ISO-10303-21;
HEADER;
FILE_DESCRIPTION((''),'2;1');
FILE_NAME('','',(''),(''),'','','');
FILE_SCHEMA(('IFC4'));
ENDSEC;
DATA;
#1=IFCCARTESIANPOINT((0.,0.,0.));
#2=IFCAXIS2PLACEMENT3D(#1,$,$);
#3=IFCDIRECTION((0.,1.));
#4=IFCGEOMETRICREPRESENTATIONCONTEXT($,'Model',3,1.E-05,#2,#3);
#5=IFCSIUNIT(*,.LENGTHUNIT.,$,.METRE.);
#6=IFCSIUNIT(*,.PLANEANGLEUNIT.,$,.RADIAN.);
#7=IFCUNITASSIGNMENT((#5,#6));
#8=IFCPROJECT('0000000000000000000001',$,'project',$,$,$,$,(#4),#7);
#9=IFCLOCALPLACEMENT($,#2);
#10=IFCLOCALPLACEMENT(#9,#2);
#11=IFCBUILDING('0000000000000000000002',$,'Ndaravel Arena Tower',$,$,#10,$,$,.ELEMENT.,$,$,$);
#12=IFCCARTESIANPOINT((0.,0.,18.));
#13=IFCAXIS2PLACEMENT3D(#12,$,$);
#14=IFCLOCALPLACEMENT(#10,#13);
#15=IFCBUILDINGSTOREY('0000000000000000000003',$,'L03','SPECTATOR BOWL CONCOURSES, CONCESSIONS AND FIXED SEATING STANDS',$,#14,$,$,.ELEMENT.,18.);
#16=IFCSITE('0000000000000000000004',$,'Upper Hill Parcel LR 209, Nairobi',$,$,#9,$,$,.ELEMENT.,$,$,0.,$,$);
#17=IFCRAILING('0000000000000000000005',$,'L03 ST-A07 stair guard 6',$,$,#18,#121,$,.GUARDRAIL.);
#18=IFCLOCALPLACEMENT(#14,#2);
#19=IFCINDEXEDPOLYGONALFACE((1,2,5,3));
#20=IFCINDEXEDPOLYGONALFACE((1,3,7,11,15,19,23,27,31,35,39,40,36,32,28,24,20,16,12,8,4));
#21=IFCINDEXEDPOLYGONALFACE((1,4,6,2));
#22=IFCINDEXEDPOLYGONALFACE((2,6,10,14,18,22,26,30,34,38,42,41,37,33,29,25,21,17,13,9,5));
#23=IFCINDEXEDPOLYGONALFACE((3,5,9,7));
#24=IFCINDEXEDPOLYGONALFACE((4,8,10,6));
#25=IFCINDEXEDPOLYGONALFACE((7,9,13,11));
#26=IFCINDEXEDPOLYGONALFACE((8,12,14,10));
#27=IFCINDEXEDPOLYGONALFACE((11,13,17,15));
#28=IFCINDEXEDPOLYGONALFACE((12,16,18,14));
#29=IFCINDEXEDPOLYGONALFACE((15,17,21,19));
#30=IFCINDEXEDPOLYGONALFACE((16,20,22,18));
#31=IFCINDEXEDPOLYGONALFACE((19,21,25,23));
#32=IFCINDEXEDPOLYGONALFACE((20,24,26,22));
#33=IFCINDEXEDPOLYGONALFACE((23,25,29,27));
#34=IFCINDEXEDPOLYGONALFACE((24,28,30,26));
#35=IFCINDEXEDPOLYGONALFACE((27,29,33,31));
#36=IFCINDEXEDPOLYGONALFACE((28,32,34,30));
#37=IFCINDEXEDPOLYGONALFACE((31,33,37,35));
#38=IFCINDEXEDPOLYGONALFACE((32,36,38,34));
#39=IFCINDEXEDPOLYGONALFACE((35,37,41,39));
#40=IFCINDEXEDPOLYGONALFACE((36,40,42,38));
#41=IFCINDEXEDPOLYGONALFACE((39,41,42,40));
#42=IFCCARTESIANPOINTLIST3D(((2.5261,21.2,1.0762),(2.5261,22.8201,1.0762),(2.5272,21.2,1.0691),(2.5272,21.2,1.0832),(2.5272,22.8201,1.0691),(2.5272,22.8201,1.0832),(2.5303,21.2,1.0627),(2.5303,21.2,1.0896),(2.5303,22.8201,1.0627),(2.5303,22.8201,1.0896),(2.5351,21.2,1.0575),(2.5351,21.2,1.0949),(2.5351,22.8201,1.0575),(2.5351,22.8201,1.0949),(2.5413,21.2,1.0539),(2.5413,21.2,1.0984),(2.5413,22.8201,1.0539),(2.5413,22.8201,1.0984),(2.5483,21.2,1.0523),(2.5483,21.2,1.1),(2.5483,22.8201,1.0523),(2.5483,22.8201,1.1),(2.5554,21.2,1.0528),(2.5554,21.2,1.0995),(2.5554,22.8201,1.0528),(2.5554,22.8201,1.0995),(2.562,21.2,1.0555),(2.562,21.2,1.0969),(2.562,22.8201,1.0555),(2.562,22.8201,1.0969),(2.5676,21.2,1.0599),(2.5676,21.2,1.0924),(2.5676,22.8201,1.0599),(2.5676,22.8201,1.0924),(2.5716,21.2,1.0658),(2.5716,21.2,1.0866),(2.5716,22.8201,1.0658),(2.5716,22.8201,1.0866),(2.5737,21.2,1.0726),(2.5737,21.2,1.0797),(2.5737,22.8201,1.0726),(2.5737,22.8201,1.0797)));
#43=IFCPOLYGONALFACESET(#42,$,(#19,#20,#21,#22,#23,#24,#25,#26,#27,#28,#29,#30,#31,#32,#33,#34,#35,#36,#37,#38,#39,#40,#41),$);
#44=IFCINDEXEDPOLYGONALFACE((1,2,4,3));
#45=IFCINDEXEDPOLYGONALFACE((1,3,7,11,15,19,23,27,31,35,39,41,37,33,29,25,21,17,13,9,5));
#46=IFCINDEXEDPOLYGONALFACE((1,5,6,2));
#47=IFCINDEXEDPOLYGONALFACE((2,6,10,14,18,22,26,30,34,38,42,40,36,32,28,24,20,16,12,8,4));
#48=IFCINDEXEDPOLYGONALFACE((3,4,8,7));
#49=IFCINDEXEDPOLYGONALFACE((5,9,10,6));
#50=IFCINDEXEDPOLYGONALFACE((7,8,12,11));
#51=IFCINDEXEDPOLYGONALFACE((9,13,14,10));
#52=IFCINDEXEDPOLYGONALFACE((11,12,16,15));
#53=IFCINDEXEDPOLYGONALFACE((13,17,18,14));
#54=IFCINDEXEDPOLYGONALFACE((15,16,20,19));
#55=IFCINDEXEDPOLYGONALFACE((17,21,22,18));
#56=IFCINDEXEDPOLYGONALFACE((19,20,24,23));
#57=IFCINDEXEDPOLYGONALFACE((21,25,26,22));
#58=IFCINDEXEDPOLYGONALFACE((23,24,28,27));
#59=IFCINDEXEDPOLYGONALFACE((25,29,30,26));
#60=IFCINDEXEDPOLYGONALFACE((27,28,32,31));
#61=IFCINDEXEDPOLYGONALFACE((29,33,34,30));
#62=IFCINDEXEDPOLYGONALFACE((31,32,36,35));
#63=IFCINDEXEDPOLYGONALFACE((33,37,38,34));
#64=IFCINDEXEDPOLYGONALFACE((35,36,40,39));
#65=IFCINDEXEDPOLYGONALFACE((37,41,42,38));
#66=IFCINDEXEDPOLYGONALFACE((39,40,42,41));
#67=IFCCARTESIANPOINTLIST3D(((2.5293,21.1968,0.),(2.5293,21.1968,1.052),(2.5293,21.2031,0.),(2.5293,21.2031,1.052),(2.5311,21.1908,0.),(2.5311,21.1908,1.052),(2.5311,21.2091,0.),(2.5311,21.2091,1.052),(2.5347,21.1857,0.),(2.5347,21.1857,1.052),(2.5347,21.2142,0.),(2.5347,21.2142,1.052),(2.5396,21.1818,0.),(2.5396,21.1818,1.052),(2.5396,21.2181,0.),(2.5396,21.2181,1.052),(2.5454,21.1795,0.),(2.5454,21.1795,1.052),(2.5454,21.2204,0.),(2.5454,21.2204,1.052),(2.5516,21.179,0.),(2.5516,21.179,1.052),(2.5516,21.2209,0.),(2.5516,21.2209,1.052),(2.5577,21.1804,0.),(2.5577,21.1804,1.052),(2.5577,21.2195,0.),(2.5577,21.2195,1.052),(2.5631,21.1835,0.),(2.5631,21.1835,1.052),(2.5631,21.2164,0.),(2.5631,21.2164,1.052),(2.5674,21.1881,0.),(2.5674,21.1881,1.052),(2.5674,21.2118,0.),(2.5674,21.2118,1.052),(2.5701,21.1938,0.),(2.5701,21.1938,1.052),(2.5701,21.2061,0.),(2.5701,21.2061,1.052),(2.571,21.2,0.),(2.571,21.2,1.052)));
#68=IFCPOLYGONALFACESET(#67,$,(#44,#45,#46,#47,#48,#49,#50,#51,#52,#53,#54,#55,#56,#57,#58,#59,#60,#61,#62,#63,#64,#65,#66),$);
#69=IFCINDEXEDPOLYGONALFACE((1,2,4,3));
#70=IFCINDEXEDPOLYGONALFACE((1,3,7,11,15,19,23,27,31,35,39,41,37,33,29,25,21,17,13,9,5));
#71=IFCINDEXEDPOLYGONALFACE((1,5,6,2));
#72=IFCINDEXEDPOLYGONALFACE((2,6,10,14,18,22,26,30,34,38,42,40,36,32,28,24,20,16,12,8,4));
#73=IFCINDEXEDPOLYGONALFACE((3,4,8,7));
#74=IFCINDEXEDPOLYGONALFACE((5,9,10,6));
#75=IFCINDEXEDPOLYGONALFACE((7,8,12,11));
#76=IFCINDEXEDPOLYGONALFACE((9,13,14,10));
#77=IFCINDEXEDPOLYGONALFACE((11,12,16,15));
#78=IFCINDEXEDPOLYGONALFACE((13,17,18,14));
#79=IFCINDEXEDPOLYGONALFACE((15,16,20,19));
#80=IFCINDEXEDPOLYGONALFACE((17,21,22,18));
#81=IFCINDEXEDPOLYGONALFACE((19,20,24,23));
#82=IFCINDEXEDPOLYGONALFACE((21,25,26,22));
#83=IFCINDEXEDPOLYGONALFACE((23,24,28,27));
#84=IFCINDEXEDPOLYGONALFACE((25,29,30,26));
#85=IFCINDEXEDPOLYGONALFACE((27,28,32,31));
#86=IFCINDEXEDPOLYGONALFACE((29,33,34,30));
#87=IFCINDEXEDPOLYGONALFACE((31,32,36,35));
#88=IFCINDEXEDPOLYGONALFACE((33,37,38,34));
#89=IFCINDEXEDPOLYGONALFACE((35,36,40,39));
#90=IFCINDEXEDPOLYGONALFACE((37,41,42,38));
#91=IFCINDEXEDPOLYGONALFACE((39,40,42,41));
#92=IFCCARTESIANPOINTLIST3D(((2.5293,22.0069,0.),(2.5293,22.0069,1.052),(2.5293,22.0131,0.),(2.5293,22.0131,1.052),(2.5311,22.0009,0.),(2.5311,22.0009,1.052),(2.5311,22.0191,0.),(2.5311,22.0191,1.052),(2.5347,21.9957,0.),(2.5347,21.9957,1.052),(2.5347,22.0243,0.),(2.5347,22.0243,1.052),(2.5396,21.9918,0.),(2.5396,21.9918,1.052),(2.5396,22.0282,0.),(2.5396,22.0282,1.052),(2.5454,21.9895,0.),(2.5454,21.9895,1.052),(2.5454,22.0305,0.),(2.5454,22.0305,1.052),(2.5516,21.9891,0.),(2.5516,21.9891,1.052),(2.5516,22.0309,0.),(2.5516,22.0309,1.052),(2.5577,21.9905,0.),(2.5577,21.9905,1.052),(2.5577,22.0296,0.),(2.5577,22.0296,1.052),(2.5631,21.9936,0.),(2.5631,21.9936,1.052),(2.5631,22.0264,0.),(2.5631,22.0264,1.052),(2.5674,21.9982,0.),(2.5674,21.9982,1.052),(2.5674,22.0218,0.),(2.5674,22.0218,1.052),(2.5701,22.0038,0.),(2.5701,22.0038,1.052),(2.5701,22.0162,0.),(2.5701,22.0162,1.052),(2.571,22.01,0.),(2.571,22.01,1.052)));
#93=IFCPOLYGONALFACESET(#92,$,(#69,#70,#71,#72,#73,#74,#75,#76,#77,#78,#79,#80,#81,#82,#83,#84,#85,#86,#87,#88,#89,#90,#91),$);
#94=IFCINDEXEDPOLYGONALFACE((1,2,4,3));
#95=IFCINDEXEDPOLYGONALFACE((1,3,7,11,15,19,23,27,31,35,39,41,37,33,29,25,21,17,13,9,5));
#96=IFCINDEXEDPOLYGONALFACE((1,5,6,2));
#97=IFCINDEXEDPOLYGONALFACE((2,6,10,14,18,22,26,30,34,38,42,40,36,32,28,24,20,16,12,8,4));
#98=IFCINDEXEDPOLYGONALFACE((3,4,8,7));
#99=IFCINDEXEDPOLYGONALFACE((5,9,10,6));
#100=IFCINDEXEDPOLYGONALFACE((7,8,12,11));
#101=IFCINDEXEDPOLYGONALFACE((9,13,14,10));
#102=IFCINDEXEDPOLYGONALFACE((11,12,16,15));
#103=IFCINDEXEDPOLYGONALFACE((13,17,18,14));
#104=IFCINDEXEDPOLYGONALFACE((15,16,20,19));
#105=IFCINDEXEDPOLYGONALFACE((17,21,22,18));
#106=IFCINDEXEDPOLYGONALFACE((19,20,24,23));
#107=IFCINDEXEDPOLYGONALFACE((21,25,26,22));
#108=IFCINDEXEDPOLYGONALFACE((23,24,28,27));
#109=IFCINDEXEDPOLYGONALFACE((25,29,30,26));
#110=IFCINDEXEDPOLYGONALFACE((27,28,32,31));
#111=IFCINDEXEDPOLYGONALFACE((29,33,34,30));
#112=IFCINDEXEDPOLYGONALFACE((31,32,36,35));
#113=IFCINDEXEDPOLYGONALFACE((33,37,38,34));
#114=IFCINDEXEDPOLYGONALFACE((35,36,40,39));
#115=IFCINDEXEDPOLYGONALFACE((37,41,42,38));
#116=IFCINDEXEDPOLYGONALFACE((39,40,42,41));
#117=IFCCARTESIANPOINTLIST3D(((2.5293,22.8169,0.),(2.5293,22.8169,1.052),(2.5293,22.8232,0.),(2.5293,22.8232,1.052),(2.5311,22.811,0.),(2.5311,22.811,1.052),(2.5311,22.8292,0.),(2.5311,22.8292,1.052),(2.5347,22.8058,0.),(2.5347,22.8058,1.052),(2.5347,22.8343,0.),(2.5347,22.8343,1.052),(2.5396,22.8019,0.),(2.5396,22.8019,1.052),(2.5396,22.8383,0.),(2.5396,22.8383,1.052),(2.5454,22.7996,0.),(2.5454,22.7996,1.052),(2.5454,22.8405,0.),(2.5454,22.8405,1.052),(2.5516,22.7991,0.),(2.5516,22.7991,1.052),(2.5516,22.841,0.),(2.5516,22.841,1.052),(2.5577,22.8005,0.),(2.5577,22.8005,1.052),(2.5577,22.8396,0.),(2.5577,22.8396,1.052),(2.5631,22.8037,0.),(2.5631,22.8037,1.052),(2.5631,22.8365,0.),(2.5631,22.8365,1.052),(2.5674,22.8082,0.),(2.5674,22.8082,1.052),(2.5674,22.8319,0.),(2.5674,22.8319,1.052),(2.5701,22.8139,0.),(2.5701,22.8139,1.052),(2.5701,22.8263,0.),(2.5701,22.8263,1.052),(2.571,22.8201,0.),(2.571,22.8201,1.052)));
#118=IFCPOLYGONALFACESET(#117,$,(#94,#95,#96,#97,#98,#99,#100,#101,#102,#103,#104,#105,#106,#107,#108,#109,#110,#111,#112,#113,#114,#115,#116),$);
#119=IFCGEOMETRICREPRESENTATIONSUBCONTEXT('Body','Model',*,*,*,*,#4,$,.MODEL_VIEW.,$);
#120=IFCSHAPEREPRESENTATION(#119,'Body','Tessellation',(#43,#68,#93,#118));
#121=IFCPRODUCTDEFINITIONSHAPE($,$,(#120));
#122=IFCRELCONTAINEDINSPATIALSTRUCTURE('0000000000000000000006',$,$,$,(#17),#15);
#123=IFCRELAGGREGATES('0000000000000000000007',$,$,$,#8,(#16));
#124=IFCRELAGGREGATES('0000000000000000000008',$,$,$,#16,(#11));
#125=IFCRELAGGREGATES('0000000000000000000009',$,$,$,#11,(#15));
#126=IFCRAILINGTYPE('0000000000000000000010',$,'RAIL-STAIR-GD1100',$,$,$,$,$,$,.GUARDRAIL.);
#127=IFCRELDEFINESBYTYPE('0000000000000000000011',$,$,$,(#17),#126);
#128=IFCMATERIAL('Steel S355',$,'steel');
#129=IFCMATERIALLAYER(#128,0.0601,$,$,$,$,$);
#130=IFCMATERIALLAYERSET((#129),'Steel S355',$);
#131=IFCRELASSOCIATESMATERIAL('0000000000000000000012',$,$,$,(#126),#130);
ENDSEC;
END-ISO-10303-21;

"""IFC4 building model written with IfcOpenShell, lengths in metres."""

from ifc_helpers import new_model, si_unit, direction, frame, origin, origin_2d, place, context, subcontext, project, spatial, circle, extrude, material, layer, layer_set, type_object, element, save


model = new_model("IFC4")

# Units and contexts
model_context = context("Model", 3, precision=1e-05, world=origin(), true_north=direction((0.0, 1.0)))
body_context = subcontext(model_context, "Body", "Model", "MODEL_VIEW")
ifc_project = project(units=[si_unit("LENGTHUNIT", "METRE"), si_unit("PLANEANGLEUNIT", "RADIAN")], contexts=[model_context])

# Site, building, storey
site_placement = place(None, origin())
site = spatial("IfcSite", under=ifc_project, at=site_placement, Name="Upper Hill Parcel LR 209, Nairobi", CompositionType="ELEMENT", RefElevation=0.0)
building_placement = place(site_placement, origin())
building = spatial("IfcBuilding", under=site, at=building_placement, Name="Ndaravel Arena Tower", CompositionType="ELEMENT")
storey_placement = place(building_placement, frame((0.0, 0.0, 18.0)))
storey = spatial("IfcBuildingStorey", under=building, at=storey_placement, Name="L03", Description="SPECTATOR BOWL CONCOURSES, CONCESSIONS AND FIXED SEATING STANDS", CompositionType="ELEMENT", Elevation=18.0)

# Railing
ifc_material_1 = material(Name="Steel S355", Category="steel")
ifc_layer_1 = layer(ifc_material_1, 0.0601)
ifc_layer_set_1 = layer_set([ifc_layer_1], Name="Steel S355")
railing_type_1 = type_object("IfcRailingType", Name="RAIL-STAIR-GD1100", PredefinedType="GUARDRAIL", material=ifc_layer_set_1)
for number, where, name in (
    (1, (2.55, 21.2, 0.0), "L03 ST-A07 stair guard 6"),
):
    element("IfcRailing", number, at=place(storey_placement, frame(where)), inside=storey, type_object=railing_type_1, Name=name, PredefinedType="GUARDRAIL", context=body_context, shape_type="SweptSolid", body=[
        extrude(circle(Radius=0.0239, at=origin_2d()), frame((0.0, 0.0, 1.0762), z_axis=(0.0, 1.0, 0.0), x_axis=(-1.0, 0.0, 0.0)), (0.0, 0.0, 1.0), 1.6201),
        extrude(circle(Radius=0.021, at=origin_2d()), origin(), (0.0, 0.0, 1.0), 1.052),
        extrude(circle(Radius=0.021, at=origin_2d()), frame((0.0, 0.8101, 0.0)), (0.0, 0.0, 1.0), 1.052),
        extrude(circle(Radius=0.021, at=origin_2d()), frame((0.0, 1.6201, 0.0)), (0.0, 0.0, 1.0), 1.052),
    ])

save(model, "model.ifc")
